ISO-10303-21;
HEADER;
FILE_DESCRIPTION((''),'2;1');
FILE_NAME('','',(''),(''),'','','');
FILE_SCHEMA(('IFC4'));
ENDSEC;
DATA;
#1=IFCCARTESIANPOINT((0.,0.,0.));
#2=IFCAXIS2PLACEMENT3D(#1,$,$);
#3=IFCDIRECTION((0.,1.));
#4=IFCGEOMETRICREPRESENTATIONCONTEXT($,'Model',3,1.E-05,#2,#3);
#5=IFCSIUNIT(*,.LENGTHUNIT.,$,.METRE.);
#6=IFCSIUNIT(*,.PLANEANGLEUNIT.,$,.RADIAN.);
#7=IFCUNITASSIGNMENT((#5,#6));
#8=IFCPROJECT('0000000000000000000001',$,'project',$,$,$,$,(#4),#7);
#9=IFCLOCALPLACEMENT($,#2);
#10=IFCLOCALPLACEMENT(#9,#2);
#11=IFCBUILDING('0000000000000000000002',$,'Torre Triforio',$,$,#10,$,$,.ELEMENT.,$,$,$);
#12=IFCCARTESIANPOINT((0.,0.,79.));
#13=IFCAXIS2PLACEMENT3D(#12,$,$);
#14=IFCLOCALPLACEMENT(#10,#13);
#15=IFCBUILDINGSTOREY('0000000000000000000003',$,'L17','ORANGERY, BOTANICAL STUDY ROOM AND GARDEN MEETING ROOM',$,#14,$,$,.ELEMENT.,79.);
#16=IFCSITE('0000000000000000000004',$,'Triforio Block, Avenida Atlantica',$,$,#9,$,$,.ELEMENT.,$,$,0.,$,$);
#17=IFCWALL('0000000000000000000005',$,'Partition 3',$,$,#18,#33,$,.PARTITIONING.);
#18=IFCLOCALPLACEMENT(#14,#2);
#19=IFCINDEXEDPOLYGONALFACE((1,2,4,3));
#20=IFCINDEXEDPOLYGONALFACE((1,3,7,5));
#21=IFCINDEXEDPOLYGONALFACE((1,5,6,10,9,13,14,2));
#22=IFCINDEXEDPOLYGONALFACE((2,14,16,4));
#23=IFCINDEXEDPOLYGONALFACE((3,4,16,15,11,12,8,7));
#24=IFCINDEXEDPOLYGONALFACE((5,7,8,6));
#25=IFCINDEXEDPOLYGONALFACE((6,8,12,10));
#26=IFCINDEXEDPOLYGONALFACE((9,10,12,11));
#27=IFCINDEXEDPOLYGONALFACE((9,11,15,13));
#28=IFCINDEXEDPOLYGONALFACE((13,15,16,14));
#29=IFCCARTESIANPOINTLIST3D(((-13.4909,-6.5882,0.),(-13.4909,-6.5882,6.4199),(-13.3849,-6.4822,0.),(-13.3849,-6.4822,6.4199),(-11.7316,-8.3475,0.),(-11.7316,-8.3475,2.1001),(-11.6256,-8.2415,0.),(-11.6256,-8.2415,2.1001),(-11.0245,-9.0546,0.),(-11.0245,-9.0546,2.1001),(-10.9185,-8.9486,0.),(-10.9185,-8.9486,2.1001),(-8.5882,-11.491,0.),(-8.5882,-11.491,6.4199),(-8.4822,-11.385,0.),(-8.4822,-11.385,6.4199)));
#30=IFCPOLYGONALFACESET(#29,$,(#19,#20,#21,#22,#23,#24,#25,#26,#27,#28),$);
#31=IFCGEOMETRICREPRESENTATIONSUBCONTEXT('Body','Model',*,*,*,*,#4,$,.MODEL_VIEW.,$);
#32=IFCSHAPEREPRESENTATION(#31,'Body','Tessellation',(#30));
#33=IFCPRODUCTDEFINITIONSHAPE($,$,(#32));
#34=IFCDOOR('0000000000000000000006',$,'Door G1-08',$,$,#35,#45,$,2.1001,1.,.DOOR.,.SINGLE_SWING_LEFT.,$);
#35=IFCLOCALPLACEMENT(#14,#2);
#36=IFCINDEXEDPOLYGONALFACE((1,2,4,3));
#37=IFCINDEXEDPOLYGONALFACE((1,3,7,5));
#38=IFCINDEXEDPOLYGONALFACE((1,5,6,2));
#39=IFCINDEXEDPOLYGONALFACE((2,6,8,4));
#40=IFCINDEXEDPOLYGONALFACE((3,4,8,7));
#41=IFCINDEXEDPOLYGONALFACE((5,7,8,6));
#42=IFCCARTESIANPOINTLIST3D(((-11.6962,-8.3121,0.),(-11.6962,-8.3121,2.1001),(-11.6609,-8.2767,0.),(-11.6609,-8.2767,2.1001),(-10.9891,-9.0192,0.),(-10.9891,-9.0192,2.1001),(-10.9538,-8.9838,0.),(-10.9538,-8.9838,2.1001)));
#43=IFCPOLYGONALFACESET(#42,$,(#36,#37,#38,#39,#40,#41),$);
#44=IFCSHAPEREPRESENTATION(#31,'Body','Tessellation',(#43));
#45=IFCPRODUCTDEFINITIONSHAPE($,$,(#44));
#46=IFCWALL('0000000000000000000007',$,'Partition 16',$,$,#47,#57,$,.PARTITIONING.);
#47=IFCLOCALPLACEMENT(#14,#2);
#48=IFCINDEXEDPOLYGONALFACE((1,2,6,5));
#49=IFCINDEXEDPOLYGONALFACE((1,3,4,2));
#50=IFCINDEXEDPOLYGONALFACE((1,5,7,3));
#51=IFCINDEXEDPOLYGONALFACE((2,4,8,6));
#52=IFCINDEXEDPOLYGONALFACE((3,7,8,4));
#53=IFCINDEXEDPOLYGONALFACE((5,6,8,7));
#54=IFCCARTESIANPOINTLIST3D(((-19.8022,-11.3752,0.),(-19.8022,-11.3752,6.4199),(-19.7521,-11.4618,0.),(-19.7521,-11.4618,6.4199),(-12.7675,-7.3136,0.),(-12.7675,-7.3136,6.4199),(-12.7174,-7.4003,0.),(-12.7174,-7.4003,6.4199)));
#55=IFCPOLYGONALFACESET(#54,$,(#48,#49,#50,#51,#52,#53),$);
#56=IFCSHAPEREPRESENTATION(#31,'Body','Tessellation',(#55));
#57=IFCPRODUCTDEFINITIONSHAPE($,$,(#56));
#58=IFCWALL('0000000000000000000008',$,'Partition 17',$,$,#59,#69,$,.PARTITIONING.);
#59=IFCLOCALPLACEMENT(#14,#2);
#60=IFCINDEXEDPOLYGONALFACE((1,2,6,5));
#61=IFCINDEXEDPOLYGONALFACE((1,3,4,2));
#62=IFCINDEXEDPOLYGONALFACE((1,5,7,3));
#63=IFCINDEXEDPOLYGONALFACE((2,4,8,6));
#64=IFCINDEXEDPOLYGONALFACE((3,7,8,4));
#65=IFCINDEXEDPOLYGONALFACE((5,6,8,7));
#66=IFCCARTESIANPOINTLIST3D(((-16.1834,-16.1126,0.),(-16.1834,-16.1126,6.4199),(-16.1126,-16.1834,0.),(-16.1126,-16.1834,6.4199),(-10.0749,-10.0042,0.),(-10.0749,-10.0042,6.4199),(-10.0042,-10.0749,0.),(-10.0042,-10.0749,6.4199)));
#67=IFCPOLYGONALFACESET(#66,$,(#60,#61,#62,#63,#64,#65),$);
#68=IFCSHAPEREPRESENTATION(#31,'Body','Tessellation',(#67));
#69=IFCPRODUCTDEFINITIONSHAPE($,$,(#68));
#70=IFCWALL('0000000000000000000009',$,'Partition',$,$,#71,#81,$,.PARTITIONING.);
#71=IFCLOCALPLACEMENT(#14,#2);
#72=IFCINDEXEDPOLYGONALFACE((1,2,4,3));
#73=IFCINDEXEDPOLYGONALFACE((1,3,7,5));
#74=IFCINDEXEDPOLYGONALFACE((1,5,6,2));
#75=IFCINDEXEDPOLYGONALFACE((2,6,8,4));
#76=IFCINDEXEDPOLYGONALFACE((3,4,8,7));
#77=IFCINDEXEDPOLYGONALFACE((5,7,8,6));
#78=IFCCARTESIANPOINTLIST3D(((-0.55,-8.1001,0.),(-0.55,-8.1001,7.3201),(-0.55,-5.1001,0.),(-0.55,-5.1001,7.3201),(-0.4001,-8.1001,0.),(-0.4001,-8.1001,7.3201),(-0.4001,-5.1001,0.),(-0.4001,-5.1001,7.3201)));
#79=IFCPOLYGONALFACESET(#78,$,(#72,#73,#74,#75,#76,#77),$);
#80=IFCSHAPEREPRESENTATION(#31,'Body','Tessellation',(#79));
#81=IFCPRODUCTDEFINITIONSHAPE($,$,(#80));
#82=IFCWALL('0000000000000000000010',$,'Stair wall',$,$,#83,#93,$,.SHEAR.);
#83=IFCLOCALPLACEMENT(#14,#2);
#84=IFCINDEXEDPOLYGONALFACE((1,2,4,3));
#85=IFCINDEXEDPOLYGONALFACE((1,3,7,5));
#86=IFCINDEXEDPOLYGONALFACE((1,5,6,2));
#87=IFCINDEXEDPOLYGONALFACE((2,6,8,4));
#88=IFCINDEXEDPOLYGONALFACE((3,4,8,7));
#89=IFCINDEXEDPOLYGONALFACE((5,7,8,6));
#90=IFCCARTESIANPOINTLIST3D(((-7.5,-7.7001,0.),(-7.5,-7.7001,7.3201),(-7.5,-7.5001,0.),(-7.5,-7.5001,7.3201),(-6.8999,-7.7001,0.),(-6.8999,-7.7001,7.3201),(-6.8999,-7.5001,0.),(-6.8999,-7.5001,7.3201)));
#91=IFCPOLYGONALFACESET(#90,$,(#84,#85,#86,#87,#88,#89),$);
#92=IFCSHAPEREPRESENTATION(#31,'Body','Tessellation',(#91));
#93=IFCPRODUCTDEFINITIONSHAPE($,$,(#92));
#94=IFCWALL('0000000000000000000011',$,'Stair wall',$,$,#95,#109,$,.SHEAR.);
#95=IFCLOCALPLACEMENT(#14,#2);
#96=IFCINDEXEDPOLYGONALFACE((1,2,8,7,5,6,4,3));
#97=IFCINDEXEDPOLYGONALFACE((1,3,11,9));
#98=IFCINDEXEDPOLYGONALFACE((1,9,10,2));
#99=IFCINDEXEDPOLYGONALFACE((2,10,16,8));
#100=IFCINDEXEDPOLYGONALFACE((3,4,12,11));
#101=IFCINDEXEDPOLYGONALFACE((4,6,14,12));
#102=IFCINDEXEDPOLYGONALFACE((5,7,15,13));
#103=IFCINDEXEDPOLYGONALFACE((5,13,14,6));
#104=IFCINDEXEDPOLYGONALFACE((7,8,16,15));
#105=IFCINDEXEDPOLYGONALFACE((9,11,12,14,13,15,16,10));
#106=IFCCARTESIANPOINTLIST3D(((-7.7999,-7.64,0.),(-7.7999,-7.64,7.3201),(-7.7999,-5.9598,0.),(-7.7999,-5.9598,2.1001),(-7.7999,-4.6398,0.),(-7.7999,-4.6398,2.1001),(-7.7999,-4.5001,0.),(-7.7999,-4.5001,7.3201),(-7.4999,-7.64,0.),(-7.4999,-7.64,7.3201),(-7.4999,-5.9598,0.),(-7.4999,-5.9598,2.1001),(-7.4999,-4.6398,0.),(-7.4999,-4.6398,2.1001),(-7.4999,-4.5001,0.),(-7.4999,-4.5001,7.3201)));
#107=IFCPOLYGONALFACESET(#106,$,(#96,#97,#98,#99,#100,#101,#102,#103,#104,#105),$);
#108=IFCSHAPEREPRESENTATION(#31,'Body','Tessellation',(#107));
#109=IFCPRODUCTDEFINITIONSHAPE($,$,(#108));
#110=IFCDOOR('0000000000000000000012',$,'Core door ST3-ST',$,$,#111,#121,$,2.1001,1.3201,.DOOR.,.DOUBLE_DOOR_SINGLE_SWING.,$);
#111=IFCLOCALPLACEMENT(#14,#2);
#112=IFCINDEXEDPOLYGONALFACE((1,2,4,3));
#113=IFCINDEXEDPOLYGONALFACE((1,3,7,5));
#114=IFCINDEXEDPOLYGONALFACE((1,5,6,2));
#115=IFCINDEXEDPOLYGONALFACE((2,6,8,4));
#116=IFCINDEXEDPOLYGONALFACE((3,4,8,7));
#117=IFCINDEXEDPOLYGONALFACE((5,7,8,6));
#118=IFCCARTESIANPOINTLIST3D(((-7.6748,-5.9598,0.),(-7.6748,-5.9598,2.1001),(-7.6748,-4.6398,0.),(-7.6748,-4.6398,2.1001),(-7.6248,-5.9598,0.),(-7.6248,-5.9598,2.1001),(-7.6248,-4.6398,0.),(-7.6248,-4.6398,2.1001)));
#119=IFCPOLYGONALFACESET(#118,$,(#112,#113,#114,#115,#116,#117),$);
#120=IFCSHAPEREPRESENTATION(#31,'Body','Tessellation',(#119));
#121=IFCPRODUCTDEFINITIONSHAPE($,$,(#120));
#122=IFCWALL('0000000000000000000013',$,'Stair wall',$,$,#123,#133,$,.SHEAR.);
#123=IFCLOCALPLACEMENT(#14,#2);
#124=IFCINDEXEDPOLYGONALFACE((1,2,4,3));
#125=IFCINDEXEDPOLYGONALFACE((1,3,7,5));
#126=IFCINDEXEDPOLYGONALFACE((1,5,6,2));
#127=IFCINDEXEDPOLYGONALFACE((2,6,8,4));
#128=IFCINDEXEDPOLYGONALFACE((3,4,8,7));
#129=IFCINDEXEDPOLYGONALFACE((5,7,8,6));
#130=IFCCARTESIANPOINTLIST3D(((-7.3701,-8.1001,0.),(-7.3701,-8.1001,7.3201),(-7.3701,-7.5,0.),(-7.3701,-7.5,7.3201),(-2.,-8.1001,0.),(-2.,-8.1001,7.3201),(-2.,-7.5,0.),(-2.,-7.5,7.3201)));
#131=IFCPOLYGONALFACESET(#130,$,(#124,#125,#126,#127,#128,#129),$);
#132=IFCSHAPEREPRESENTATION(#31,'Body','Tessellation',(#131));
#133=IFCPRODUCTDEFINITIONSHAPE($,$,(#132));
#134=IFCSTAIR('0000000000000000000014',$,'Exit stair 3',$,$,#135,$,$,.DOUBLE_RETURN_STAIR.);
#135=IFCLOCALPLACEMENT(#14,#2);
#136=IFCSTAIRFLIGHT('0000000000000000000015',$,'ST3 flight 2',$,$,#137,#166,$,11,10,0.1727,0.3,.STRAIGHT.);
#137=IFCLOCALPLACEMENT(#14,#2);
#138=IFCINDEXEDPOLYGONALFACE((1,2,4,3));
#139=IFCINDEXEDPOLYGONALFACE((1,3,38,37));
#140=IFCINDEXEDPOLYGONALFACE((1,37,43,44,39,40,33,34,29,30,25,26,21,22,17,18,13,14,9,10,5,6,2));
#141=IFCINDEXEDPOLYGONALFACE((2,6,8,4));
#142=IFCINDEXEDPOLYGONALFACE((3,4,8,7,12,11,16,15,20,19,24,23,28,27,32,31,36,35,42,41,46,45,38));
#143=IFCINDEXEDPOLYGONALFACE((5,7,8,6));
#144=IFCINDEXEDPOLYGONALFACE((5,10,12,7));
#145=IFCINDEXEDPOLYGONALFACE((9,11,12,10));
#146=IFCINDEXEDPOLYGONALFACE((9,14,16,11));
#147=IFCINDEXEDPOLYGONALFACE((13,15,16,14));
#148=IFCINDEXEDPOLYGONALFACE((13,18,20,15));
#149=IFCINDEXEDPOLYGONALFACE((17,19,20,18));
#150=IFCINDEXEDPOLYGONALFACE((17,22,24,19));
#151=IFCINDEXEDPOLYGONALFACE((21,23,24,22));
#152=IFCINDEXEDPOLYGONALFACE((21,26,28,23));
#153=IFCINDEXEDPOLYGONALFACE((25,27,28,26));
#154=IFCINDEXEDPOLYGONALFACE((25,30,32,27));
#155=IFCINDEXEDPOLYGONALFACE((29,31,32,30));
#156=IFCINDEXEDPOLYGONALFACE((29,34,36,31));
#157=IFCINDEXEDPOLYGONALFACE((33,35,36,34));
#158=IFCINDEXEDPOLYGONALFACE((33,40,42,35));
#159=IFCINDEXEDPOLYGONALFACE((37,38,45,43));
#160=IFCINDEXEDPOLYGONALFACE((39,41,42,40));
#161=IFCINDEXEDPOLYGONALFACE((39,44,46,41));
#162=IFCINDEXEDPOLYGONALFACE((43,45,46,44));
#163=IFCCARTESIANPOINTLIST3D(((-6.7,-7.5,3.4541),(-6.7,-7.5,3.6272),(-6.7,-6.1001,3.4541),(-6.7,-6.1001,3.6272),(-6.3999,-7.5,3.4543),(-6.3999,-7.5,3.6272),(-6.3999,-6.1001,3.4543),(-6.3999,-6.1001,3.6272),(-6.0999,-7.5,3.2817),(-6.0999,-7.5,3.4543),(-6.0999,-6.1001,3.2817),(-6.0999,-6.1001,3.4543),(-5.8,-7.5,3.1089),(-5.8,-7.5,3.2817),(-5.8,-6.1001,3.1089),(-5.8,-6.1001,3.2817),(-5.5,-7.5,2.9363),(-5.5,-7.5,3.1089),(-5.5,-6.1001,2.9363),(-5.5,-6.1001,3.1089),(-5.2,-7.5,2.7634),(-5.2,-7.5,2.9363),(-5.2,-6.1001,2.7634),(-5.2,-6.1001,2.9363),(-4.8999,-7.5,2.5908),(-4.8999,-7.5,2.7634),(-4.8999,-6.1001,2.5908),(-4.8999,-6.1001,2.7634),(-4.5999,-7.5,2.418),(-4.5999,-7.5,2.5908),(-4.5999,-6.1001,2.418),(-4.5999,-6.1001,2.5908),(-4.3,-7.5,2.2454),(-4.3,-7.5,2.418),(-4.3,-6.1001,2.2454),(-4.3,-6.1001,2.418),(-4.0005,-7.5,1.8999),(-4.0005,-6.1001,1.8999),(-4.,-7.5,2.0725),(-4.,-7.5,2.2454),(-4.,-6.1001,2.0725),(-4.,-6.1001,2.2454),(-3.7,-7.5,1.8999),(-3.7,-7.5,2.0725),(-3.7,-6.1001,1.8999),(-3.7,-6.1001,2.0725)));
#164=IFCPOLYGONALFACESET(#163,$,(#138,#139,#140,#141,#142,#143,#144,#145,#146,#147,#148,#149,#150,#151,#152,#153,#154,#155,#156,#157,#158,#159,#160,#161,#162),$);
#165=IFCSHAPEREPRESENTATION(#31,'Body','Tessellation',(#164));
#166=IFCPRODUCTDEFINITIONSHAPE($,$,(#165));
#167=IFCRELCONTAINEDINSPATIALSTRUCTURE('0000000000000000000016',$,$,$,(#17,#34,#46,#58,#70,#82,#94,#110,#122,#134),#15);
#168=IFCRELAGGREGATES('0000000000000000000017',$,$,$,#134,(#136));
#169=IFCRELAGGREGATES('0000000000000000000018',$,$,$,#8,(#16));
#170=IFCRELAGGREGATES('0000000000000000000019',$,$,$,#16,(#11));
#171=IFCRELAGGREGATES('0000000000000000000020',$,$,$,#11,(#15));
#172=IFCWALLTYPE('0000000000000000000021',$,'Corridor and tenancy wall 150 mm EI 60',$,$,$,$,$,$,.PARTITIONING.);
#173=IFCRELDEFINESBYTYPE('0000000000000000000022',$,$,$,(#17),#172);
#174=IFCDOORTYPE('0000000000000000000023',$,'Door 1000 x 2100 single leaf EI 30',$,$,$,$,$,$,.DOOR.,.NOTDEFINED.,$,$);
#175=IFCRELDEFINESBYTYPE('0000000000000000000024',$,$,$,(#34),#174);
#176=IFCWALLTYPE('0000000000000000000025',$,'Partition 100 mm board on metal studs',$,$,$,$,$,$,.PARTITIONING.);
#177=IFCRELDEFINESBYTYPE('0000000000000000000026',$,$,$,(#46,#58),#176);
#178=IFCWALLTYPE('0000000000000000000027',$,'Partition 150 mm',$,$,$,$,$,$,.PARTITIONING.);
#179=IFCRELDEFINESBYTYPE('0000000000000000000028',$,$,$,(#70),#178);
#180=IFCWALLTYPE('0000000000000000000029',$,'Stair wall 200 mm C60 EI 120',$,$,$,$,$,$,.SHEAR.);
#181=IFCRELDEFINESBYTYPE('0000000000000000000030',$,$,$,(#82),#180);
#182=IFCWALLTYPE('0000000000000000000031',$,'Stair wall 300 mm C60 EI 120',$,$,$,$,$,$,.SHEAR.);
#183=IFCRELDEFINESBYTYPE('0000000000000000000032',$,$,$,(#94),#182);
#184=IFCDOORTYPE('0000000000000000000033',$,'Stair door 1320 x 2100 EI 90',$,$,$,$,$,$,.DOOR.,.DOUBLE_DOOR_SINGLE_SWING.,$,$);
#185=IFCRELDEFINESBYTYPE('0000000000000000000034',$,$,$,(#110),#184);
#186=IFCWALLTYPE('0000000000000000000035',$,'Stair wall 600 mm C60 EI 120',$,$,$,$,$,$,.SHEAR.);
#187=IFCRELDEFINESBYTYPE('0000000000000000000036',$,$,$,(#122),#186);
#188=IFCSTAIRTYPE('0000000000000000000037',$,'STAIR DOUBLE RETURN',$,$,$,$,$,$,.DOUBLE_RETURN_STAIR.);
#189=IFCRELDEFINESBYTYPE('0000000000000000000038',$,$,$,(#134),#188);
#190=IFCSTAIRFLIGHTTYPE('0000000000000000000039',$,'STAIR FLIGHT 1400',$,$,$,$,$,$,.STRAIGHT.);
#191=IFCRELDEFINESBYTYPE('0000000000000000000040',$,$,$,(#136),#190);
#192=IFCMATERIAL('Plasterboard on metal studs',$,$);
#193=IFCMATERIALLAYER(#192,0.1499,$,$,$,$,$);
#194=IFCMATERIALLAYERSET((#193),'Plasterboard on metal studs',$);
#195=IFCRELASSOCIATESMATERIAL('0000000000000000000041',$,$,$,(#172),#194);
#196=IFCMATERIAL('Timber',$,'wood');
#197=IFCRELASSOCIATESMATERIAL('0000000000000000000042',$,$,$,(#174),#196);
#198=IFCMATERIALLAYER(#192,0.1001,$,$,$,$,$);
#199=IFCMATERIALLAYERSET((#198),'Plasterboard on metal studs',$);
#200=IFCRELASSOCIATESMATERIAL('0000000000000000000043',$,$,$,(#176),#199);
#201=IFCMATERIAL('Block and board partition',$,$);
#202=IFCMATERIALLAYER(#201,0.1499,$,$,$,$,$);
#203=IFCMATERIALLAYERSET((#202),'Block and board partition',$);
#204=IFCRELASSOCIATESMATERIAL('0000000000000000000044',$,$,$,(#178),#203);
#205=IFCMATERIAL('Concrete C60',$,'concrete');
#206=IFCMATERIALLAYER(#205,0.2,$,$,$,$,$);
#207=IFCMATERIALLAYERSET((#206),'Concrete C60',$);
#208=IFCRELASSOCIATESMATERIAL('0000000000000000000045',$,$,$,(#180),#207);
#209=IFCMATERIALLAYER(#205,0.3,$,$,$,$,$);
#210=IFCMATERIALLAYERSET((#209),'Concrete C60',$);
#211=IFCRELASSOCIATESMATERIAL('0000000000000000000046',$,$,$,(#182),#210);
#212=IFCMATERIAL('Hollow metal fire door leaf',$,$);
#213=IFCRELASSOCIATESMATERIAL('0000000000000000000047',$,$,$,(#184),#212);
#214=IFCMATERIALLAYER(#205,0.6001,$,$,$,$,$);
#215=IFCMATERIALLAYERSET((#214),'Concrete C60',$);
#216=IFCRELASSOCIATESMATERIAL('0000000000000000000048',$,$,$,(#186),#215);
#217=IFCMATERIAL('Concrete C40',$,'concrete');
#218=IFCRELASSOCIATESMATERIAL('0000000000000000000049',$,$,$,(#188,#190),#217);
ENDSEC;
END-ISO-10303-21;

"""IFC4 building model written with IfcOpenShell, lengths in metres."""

from ifc_helpers import new_model, si_unit, direction, frame, frame_2d, origin, place, context, subcontext, project, spatial, polyline, rectangle, outline, extrude, material, layer, layer_set, type_object, element, fill, aggregate, save


model = new_model("IFC4")

# Units and contexts
model_context = context("Model", 3, precision=1e-05, world=origin(), true_north=direction((0.0, 1.0)))
body_context = subcontext(model_context, "Body", "Model", "MODEL_VIEW")
ifc_project = project(units=[si_unit("LENGTHUNIT", "METRE"), si_unit("PLANEANGLEUNIT", "RADIAN")], contexts=[model_context])

# Site, building, storey
site_placement = place(None, origin())
site = spatial("IfcSite", under=ifc_project, at=site_placement, Name="Triforio Block, Avenida Atlantica", CompositionType="ELEMENT", RefElevation=0.0)
building_placement = place(site_placement, origin())
building = spatial("IfcBuilding", under=site, at=building_placement, Name="Torre Triforio", CompositionType="ELEMENT")
storey_placement = place(building_placement, frame((0.0, 0.0, 79.0)))
storey = spatial("IfcBuildingStorey", under=building, at=storey_placement, Name="L17", Description="ORANGERY, BOTANICAL STUDY ROOM AND GARDEN MEETING ROOM", CompositionType="ELEMENT", Elevation=79.0)

# Shared definitions
ifc_material_1 = material(Name="Concrete C60", Category="concrete")

# Shared definitions
ifc_material_2 = material(Name="Hollow metal fire door leaf")

# Wall, opening, door
ifc_material_3 = material(Name="Plasterboard on metal studs")
ifc_layer_1 = layer(ifc_material_3, 0.1499)
ifc_layer_set_1 = layer_set([ifc_layer_1], Name="Plasterboard on metal studs")
wall_type_1 = type_object("IfcWallType", Name="Corridor and tenancy wall 150 mm EI 60", PredefinedType="PARTITIONING", material=ifc_layer_set_1)
wall_1_placement = place(storey_placement, frame((-8.5352, -11.438, 0.0), z_axis=(0.0, 0.0, 1.0), x_axis=(-0.707107, 0.707107, 0.0)))
wall_1 = element("IfcWall", 1, at=wall_1_placement, inside=storey, type_object=wall_type_1, Name="Partition 3", PredefinedType="PARTITIONING", context=body_context, shape_type="SweptSolid", body=[
    extrude(rectangle(XDim=6.9336, YDim=0.1499, at=frame_2d((3.4668, 0.0))), origin(), (0.0, 0.0, 1.0), 6.4199),
])
opening_1_placement = place(wall_1_placement, frame((3.4456, 0.0, 0.0)))
opening_1 = element("IfcOpeningElement", 2, at=opening_1_placement, cuts=wall_1, PredefinedType="OPENING", context=body_context, shape_type="SweptSolid", body=[
    extrude(rectangle(XDim=1.0, YDim=2.1001, at=frame_2d((0.5, 1.05))), frame((0.0, 0.085, 0.0), z_axis=(0.0, -1.0, 0.0), x_axis=(1.0, 0.0, 0.0)), (0.0, 0.0, 1.0), 0.1699),
])
ifc_material_4 = material(Name="Timber", Category="wood")
door_type_1 = type_object("IfcDoorType", Name="Door 1000 x 2100 single leaf EI 30", OperationType="NOTDEFINED", PredefinedType="DOOR", material=ifc_material_4)
door_1_placement = place(opening_1_placement, origin())
door_1 = element("IfcDoor", 3, at=door_1_placement, inside=storey, type_object=door_type_1, Name="Door G1-08", OperationType="SINGLE_SWING_LEFT", OverallHeight=2.1001, OverallWidth=1.0, PredefinedType="DOOR", context=body_context, shape_type="SweptSolid", body=[
    extrude(rectangle(XDim=1.0, YDim=2.1001, at=frame_2d((0.5, 1.05))), frame((0.0, 0.0249, 0.0), z_axis=(0.0, -1.0, 0.0), x_axis=(1.0, 0.0, 0.0)), (0.0, 0.0, 1.0), 0.05),
])
fill(opening_1, door_1)

# Walls
ifc_layer_2 = layer(ifc_material_3, 0.1001)
ifc_layer_set_2 = layer_set([ifc_layer_2], Name="Plasterboard on metal studs")
wall_type_2 = type_object("IfcWallType", Name="Partition 100 mm board on metal studs", PredefinedType="PARTITIONING", material=ifc_layer_set_2)
wall_2_placement = place(storey_placement, frame((-12.7424, -7.3569, 0.0), z_axis=(0.0, 0.0, 1.0), x_axis=(-0.866022, -0.500005, 0.0)))
element("IfcWall", 4, at=wall_2_placement, inside=storey, type_object=wall_type_2, Name="Partition 16", PredefinedType="PARTITIONING", context=body_context, shape_type="SweptSolid", body=[
    extrude(rectangle(XDim=8.123, YDim=0.1001, at=frame_2d((4.0615, 0.0))), origin(), (0.0, 0.0, 1.0), 6.4199),
])
wall_3_placement = place(storey_placement, frame((-10.0396, -10.0396, 0.0), z_axis=(0.0, 0.0, 1.0), x_axis=(-0.707107, -0.707107, 0.0)))
element("IfcWall", 5, at=wall_3_placement, inside=storey, type_object=wall_type_2, Name="Partition 17", PredefinedType="PARTITIONING", context=body_context, shape_type="SweptSolid", body=[
    extrude(rectangle(XDim=8.6387, YDim=0.1001, at=frame_2d((4.3193, 0.0))), origin(), (0.0, 0.0, 1.0), 6.4199),
])
ifc_material_5 = material(Name="Block and board partition")
ifc_layer_3 = layer(ifc_material_5, 0.1499)
ifc_layer_set_3 = layer_set([ifc_layer_3], Name="Block and board partition")
wall_type_3 = type_object("IfcWallType", Name="Partition 150 mm", PredefinedType="PARTITIONING", material=ifc_layer_set_3)
wall_4_placement = place(storey_placement, frame((-0.4751, -8.1001, 0.0), z_axis=(0.0, 0.0, 1.0), x_axis=(0.0, 1.0, 0.0)))
element("IfcWall", 6, at=wall_4_placement, inside=storey, type_object=wall_type_3, Name="Partition", PredefinedType="PARTITIONING", context=body_context, shape_type="SweptSolid", body=[
    extrude(rectangle(XDim=3.0, YDim=0.1499, at=frame_2d((1.5, 0.0))), origin(), (0.0, 0.0, 1.0), 7.3201),
])
ifc_layer_4 = layer(ifc_material_1, 0.2)
ifc_layer_set_4 = layer_set([ifc_layer_4], Name="Concrete C60")
wall_type_4 = type_object("IfcWallType", Name="Stair wall 200 mm C60 EI 120", PredefinedType="SHEAR", material=ifc_layer_set_4)
wall_5_placement = place(storey_placement, frame((-7.5, -7.6001, 0.0), z_axis=(0.0, 0.0, 1.0), x_axis=(1.0, 0.0, 0.0)))
element("IfcWall", 7, at=wall_5_placement, inside=storey, type_object=wall_type_4, Name="Stair wall", PredefinedType="SHEAR", context=body_context, shape_type="SweptSolid", body=[
    extrude(rectangle(XDim=0.6001, YDim=0.2, at=frame_2d((0.3, 0.0))), origin(), (0.0, 0.0, 1.0), 7.3201),
])

# Wall, opening, door
ifc_layer_5 = layer(ifc_material_1, 0.3)
ifc_layer_set_5 = layer_set([ifc_layer_5], Name="Concrete C60")
wall_type_5 = type_object("IfcWallType", Name="Stair wall 300 mm C60 EI 120", PredefinedType="SHEAR", material=ifc_layer_set_5)
wall_6_placement = place(storey_placement, frame((-7.6499, -7.6399, 0.0), z_axis=(0.0, 0.0, 1.0), x_axis=(0.0, 1.0, 0.0)))
wall_6 = element("IfcWall", 8, at=wall_6_placement, inside=storey, type_object=wall_type_5, Name="Stair wall", PredefinedType="SHEAR", context=body_context, shape_type="SweptSolid", body=[
    extrude(rectangle(XDim=3.1399, YDim=0.3, at=frame_2d((1.5698, 0.0))), origin(), (0.0, 0.0, 1.0), 7.3201),
])
opening_2_placement = place(wall_6_placement, frame((1.6799, 0.0, 0.0)))
opening_2 = element("IfcOpeningElement", 9, at=opening_2_placement, cuts=wall_6, PredefinedType="OPENING", context=body_context, shape_type="SweptSolid", body=[
    extrude(rectangle(XDim=1.3201, YDim=2.1001, at=frame_2d((0.6602, 1.05))), frame((0.0, 0.1599, 0.0), z_axis=(0.0, -1.0, 0.0), x_axis=(1.0, 0.0, 0.0)), (0.0, 0.0, 1.0), 0.3201),
])
door_type_2 = type_object("IfcDoorType", Name="Stair door 1320 x 2100 EI 90", OperationType="DOUBLE_DOOR_SINGLE_SWING", PredefinedType="DOOR", material=ifc_material_2)
door_2_placement = place(opening_2_placement, origin())
door_2 = element("IfcDoor", 10, at=door_2_placement, inside=storey, type_object=door_type_2, Name="Core door ST3-ST", OperationType="DOUBLE_DOOR_SINGLE_SWING", OverallHeight=2.1001, OverallWidth=1.3201, PredefinedType="DOOR", context=body_context, shape_type="SweptSolid", body=[
    extrude(rectangle(XDim=1.3201, YDim=2.1001, at=frame_2d((0.6602, 1.05))), frame((0.0, 0.0249, 0.0), z_axis=(0.0, -1.0, 0.0), x_axis=(1.0, 0.0, 0.0)), (0.0, 0.0, 1.0), 0.05),
])
fill(opening_2, door_2)

# Wall
ifc_layer_6 = layer(ifc_material_1, 0.6001)
ifc_layer_set_6 = layer_set([ifc_layer_6], Name="Concrete C60")
wall_type_6 = type_object("IfcWallType", Name="Stair wall 600 mm C60 EI 120", PredefinedType="SHEAR", material=ifc_layer_set_6)
wall_7_placement = place(storey_placement, frame((-7.3701, -7.8, 0.0), z_axis=(0.0, 0.0, 1.0), x_axis=(1.0, 0.0, 0.0)))
element("IfcWall", 11, at=wall_7_placement, inside=storey, type_object=wall_type_6, Name="Stair wall", PredefinedType="SHEAR", context=body_context, shape_type="SweptSolid", body=[
    extrude(rectangle(XDim=5.3701, YDim=0.6001, at=frame_2d((2.6851, 0.0))), origin(), (0.0, 0.0, 1.0), 7.3201),
])

# Stair, stair flight
ifc_material_6 = material(Name="Concrete C40", Category="concrete")
stair_type = type_object("IfcStairType", Name="STAIR DOUBLE RETURN", PredefinedType="DOUBLE_RETURN_STAIR", material=ifc_material_6)
stair_placement = place(storey_placement, origin())
stair = element("IfcStair", 12, at=stair_placement, inside=storey, type_object=stair_type, Name="Exit stair 3", PredefinedType="DOUBLE_RETURN_STAIR")
stair_flight_type = type_object("IfcStairFlightType", Name="STAIR FLIGHT 1400", PredefinedType="STRAIGHT", material=ifc_material_6)
stair_flight_1_placement = place(storey_placement, frame((-3.7, -6.8, 1.8999), z_axis=(0.0, 0.0, 1.0), x_axis=(-1.0, 0.0, 0.0)))
stair_flight_1 = element("IfcStairFlight", 13, at=stair_flight_1_placement, type_object=stair_flight_type, Name="ST3 flight 2", NumberOfRisers=11, NumberOfTreads=10, PredefinedType="STRAIGHT", RiserHeight=0.1727, TreadLength=0.3, context=body_context, shape_type="SweptSolid", body=[
    extrude(outline(polyline([(0.0, 0.0), (0.0, 0.1726), (0.3, 0.1726), (0.3, 0.3455), (0.6001, 0.3455), (0.6001, 0.5181), (0.8999, 0.5181), (0.8999, 0.6909), (1.2, 0.6909), (1.2, 0.8635), (1.5, 0.8635), (1.5, 1.0364), (1.8, 1.0364), (1.8, 1.209), (2.1001, 1.209), (2.1001, 1.3818), (2.3999, 1.3818), (2.3999, 1.5544), (2.7, 1.5544), (2.7, 1.7273), (3.0, 1.7273), (3.0, 1.8999), (3.0, 1.5542), (0.3005, 0.0), (0.0, 0.0)])), frame((0.0, 0.7, 0.0), z_axis=(0.0, -1.0, 0.0), x_axis=(1.0, 0.0, 0.0)), (0.0, 0.0, 1.0), 1.3999),
])
aggregate(stair, [stair_flight_1])

save(model, "model.ifc")
